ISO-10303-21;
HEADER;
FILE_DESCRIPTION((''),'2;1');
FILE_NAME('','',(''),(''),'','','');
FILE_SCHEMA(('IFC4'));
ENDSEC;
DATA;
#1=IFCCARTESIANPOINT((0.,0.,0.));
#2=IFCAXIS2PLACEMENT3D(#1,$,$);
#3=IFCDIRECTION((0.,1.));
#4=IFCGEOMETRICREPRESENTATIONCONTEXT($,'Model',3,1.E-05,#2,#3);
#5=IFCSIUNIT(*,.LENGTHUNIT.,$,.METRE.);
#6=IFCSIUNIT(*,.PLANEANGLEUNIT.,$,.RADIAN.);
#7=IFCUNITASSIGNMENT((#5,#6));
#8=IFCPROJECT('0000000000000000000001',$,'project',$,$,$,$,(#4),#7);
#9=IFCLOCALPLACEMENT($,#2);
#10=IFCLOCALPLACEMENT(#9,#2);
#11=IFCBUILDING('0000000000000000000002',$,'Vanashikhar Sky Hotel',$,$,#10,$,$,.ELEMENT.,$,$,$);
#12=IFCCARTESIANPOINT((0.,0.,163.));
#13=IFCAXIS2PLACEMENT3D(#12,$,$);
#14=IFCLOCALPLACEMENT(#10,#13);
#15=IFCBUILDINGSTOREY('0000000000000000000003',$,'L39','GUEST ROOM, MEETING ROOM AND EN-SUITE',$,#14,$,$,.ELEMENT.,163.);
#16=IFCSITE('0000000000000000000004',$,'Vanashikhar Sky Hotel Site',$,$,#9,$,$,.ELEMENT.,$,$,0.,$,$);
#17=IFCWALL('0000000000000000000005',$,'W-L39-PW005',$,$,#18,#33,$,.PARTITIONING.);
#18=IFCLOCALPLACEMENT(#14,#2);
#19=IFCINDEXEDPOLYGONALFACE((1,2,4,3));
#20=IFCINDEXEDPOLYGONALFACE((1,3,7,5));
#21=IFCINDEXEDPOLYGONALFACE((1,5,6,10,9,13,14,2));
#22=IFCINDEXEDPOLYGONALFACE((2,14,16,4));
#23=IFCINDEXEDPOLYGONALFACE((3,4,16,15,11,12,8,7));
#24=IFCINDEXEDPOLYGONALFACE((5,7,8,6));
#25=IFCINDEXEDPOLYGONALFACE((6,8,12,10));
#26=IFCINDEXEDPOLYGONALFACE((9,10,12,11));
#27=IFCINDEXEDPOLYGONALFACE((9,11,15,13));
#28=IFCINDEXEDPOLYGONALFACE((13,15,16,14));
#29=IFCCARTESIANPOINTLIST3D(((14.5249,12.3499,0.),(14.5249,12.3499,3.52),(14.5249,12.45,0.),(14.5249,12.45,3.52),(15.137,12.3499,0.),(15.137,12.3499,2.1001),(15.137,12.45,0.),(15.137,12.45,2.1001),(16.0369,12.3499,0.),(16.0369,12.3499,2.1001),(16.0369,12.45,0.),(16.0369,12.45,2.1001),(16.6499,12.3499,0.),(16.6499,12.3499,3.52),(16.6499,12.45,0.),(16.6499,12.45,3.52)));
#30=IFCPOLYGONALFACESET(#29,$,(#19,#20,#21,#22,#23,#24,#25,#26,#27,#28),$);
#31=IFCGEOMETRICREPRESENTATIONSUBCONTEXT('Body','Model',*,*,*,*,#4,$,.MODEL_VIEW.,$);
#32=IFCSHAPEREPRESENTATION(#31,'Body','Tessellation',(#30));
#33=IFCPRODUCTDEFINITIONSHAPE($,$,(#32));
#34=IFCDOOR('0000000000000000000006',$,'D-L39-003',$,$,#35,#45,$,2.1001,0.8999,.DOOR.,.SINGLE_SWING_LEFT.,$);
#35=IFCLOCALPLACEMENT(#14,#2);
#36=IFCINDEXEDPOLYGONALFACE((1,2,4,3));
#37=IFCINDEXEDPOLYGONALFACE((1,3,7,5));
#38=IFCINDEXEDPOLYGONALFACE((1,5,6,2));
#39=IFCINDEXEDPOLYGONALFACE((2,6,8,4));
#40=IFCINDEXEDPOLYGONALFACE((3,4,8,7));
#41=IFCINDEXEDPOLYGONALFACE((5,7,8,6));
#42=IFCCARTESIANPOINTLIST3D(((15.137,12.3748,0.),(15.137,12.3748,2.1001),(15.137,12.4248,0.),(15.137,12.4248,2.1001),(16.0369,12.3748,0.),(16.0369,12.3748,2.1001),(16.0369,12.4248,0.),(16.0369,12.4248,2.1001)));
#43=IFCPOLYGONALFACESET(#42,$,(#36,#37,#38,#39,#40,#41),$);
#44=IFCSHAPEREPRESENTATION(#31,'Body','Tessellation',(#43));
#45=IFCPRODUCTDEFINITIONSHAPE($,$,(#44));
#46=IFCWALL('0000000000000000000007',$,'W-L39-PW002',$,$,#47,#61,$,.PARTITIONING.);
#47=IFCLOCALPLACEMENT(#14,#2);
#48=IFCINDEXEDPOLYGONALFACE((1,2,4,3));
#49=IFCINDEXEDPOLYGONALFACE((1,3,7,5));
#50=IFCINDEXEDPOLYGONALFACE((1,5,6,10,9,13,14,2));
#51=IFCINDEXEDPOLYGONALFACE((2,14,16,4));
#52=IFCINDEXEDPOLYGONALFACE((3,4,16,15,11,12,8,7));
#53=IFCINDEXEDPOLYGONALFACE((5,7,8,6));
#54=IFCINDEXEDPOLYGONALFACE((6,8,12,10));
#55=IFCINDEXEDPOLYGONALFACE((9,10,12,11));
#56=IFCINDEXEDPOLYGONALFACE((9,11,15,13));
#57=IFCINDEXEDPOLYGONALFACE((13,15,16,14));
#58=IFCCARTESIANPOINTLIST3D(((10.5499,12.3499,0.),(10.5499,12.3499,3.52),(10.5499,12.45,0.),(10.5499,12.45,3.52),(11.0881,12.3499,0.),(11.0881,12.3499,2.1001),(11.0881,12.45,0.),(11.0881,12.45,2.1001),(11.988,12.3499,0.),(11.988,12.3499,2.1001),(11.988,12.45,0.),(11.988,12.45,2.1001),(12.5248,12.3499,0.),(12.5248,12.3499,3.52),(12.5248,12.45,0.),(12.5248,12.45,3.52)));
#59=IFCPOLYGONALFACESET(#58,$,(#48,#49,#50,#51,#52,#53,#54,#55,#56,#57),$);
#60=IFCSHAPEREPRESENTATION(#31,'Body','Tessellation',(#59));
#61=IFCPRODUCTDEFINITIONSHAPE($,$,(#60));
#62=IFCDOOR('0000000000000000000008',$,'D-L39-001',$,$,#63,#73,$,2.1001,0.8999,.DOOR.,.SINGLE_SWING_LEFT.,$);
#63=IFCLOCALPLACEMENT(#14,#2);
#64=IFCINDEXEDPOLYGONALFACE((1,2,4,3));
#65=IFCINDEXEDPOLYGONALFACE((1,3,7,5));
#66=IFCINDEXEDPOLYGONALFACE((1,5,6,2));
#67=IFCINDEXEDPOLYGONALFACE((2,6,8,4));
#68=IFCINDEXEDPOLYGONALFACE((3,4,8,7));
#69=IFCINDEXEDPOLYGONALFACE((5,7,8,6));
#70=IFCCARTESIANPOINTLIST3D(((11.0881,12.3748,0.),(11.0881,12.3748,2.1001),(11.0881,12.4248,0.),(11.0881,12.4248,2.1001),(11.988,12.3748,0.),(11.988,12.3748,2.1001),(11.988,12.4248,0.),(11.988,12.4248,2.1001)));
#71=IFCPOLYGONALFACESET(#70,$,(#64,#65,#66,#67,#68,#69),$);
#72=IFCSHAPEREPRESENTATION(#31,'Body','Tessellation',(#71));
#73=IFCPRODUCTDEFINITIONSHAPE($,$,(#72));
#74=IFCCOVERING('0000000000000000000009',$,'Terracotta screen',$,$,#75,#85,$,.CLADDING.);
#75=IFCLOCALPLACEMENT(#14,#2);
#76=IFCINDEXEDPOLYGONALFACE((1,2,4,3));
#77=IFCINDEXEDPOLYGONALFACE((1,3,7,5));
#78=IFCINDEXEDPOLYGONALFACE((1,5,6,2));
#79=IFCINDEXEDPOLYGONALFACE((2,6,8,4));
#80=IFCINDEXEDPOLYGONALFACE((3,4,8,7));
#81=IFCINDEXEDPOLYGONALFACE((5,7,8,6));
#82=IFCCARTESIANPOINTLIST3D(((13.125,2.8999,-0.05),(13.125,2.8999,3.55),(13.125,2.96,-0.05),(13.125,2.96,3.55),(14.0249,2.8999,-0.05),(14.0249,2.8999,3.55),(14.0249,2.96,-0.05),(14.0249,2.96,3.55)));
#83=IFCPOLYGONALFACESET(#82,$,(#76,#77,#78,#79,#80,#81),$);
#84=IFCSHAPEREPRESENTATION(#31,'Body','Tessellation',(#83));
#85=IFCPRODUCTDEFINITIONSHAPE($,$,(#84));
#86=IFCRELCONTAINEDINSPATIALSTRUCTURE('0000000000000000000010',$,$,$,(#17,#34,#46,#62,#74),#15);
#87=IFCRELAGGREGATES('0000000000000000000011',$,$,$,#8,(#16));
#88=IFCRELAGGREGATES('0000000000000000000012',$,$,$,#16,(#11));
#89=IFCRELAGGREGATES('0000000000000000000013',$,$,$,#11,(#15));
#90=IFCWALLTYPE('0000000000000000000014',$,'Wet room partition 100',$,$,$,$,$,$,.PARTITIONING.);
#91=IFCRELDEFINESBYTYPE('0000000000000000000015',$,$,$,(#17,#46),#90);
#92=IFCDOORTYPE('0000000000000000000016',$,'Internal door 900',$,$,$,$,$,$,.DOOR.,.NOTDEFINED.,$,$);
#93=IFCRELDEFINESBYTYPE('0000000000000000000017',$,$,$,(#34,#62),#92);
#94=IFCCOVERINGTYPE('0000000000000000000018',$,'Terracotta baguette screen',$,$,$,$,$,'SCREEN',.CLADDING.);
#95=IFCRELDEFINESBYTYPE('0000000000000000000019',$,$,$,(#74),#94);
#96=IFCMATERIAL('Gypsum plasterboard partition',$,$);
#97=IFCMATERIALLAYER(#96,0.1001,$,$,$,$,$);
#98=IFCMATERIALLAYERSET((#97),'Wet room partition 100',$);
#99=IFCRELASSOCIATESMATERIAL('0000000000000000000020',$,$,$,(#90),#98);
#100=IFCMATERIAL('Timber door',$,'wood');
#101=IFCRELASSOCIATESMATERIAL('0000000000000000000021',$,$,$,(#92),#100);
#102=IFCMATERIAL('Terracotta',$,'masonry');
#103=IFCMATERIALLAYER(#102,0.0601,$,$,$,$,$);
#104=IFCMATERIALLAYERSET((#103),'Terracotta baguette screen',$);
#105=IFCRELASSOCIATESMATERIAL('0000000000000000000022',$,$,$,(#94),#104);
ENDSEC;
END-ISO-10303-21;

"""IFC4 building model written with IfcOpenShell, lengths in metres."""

from ifc_helpers import new_model, si_unit, direction, frame, frame_2d, origin, origin_2d, place, context, subcontext, project, spatial, rectangle, extrude, source, transform, mapped, material, layer, layer_set, type_object, element, fill, save


model = new_model("IFC4")

# Units and contexts
model_context = context("Model", 3, precision=1e-05, world=origin(), true_north=direction((0.0, 1.0)))
body_context = subcontext(model_context, "Body", "Model", "MODEL_VIEW")
ifc_project = project(units=[si_unit("LENGTHUNIT", "METRE"), si_unit("PLANEANGLEUNIT", "RADIAN")], contexts=[model_context])

# Site, building, storey
site_placement = place(None, origin())
site = spatial("IfcSite", under=ifc_project, at=site_placement, Name="Vanashikhar Sky Hotel Site", CompositionType="ELEMENT", RefElevation=0.0)
building_placement = place(site_placement, origin())
building = spatial("IfcBuilding", under=site, at=building_placement, Name="Vanashikhar Sky Hotel", CompositionType="ELEMENT")
storey_placement = place(building_placement, frame((0.0, 0.0, 163.0)))
storey = spatial("IfcBuildingStorey", under=building, at=storey_placement, Name="L39", Description="GUEST ROOM, MEETING ROOM AND EN-SUITE", CompositionType="ELEMENT", Elevation=163.0)

# Shared definitions
ifc_material_1 = material(Name="Gypsum plasterboard partition")

# Walls, openings, doors
ifc_layer_1 = layer(ifc_material_1, 0.1001)
ifc_layer_set_1 = layer_set([ifc_layer_1], Name="Wet room partition 100")
wall_type_1 = type_object("IfcWallType", Name="Wet room partition 100", PredefinedType="PARTITIONING", material=ifc_layer_set_1)
shared_shape_1 = source(origin(), body_context, "Body", "SweptSolid", [
    extrude(rectangle(XDim=2.125, YDim=0.1001, at=frame_2d((1.0625, 0.0))), origin(), (0.0, 0.0, 1.0), 3.52),
])
wall_1_placement = place(storey_placement, frame((14.5249, 12.3999, 0.0), z_axis=(0.0, 0.0, 1.0), x_axis=(1.0, 0.0, 0.0)))
wall_1 = element("IfcWall", 1, at=wall_1_placement, inside=storey, type_object=wall_type_1, Name="W-L39-PW005", PredefinedType="PARTITIONING", context=body_context, shape_type="MappedRepresentation", body=[
    mapped(shared_shape_1, transform((0.0, 0.0, 0.0), scale=1.0)),
])
shared_shape_2 = source(origin(), body_context, "Body", "SweptSolid", [
    extrude(rectangle(XDim=0.8999, YDim=2.1001, at=frame_2d((0.45, 1.05))), frame((0.0, 0.0601, 0.0), z_axis=(0.0, -1.0, 0.0), x_axis=(1.0, 0.0, 0.0)), (0.0, 0.0, 1.0), 0.1201),
])
opening_1_placement = place(wall_1_placement, frame((0.6121, 0.0, 0.0)))
opening_1 = element("IfcOpeningElement", 2, at=opening_1_placement, cuts=wall_1, PredefinedType="OPENING", context=body_context, shape_type="MappedRepresentation", body=[
    mapped(shared_shape_2, transform((0.0, 0.0, 0.0), scale=1.0)),
])
ifc_material_2 = material(Name="Timber door", Category="wood")
door_type_1 = type_object("IfcDoorType", Name="Internal door 900", OperationType="NOTDEFINED", PredefinedType="DOOR", material=ifc_material_2)
shared_shape_3 = source(origin(), body_context, "Body", "SweptSolid", [
    extrude(rectangle(XDim=0.8999, YDim=2.1001, at=frame_2d((0.45, 1.05))), frame((0.0, 0.0249, 0.0), z_axis=(0.0, -1.0, 0.0), x_axis=(1.0, 0.0, 0.0)), (0.0, 0.0, 1.0), 0.05),
])
door_1_placement = place(opening_1_placement, origin())
door_1 = element("IfcDoor", 3, at=door_1_placement, inside=storey, type_object=door_type_1, Name="D-L39-003", OperationType="SINGLE_SWING_LEFT", OverallHeight=2.1001, OverallWidth=0.8999, PredefinedType="DOOR", context=body_context, shape_type="MappedRepresentation", body=[
    mapped(shared_shape_3, transform((0.0, 0.0, 0.0), scale=1.0)),
])
fill(opening_1, door_1)
shared_shape_4 = source(origin(), body_context, "Body", "SweptSolid", [
    extrude(rectangle(XDim=1.9749, YDim=0.1001, at=frame_2d((0.9873, 0.0))), origin(), (0.0, 0.0, 1.0), 3.52),
])
wall_2_placement = place(storey_placement, frame((10.55, 12.3999, 0.0), z_axis=(0.0, 0.0, 1.0), x_axis=(1.0, 0.0, 0.0)))
wall_2 = element("IfcWall", 4, at=wall_2_placement, inside=storey, type_object=wall_type_1, Name="W-L39-PW002", PredefinedType="PARTITIONING", context=body_context, shape_type="MappedRepresentation", body=[
    mapped(shared_shape_4, transform((0.0, 0.0, 0.0), scale=1.0)),
])
opening_2_placement = place(wall_2_placement, frame((0.5381, 0.0, 0.0)))
opening_2 = element("IfcOpeningElement", 5, at=opening_2_placement, cuts=wall_2, PredefinedType="OPENING", context=body_context, shape_type="MappedRepresentation", body=[
    mapped(shared_shape_2, transform((0.0, 0.0, 0.0), scale=1.0)),
])
door_2_placement = place(opening_2_placement, origin())
door_2 = element("IfcDoor", 6, at=door_2_placement, inside=storey, type_object=door_type_1, Name="D-L39-001", OperationType="SINGLE_SWING_LEFT", OverallHeight=2.1001, OverallWidth=0.8999, PredefinedType="DOOR", context=body_context, shape_type="MappedRepresentation", body=[
    mapped(shared_shape_3, transform((0.0, 0.0, 0.0), scale=1.0)),
])
fill(opening_2, door_2)

# Covering
ifc_material_3 = material(Name="Terracotta", Category="masonry")
ifc_layer_2 = layer(ifc_material_3, 0.0601)
ifc_layer_set_2 = layer_set([ifc_layer_2], Name="Terracotta baguette screen")
covering_type = type_object("IfcCoveringType", Name="Terracotta baguette screen", ElementType="SCREEN", PredefinedType="CLADDING", material=ifc_layer_set_2)
shared_shape_5 = source(origin(), body_context, "Body", "SweptSolid", [
    extrude(rectangle(XDim=0.8999, YDim=0.0601, at=origin_2d()), origin(), (0.0, 0.0, 1.0), 3.6001),
])
covering_placement = place(storey_placement, frame((13.575, 2.9299, -0.05), z_axis=(0.0, 0.0, 1.0), x_axis=(1.0, 0.0, 0.0)))
element("IfcCovering", 7, at=covering_placement, inside=storey, type_object=covering_type, Name="Terracotta screen", PredefinedType="CLADDING", context=body_context, shape_type="MappedRepresentation", body=[
    mapped(shared_shape_5, transform((0.0, 0.0, 0.0), scale=1.0)),
])

save(model, "model.ifc")
